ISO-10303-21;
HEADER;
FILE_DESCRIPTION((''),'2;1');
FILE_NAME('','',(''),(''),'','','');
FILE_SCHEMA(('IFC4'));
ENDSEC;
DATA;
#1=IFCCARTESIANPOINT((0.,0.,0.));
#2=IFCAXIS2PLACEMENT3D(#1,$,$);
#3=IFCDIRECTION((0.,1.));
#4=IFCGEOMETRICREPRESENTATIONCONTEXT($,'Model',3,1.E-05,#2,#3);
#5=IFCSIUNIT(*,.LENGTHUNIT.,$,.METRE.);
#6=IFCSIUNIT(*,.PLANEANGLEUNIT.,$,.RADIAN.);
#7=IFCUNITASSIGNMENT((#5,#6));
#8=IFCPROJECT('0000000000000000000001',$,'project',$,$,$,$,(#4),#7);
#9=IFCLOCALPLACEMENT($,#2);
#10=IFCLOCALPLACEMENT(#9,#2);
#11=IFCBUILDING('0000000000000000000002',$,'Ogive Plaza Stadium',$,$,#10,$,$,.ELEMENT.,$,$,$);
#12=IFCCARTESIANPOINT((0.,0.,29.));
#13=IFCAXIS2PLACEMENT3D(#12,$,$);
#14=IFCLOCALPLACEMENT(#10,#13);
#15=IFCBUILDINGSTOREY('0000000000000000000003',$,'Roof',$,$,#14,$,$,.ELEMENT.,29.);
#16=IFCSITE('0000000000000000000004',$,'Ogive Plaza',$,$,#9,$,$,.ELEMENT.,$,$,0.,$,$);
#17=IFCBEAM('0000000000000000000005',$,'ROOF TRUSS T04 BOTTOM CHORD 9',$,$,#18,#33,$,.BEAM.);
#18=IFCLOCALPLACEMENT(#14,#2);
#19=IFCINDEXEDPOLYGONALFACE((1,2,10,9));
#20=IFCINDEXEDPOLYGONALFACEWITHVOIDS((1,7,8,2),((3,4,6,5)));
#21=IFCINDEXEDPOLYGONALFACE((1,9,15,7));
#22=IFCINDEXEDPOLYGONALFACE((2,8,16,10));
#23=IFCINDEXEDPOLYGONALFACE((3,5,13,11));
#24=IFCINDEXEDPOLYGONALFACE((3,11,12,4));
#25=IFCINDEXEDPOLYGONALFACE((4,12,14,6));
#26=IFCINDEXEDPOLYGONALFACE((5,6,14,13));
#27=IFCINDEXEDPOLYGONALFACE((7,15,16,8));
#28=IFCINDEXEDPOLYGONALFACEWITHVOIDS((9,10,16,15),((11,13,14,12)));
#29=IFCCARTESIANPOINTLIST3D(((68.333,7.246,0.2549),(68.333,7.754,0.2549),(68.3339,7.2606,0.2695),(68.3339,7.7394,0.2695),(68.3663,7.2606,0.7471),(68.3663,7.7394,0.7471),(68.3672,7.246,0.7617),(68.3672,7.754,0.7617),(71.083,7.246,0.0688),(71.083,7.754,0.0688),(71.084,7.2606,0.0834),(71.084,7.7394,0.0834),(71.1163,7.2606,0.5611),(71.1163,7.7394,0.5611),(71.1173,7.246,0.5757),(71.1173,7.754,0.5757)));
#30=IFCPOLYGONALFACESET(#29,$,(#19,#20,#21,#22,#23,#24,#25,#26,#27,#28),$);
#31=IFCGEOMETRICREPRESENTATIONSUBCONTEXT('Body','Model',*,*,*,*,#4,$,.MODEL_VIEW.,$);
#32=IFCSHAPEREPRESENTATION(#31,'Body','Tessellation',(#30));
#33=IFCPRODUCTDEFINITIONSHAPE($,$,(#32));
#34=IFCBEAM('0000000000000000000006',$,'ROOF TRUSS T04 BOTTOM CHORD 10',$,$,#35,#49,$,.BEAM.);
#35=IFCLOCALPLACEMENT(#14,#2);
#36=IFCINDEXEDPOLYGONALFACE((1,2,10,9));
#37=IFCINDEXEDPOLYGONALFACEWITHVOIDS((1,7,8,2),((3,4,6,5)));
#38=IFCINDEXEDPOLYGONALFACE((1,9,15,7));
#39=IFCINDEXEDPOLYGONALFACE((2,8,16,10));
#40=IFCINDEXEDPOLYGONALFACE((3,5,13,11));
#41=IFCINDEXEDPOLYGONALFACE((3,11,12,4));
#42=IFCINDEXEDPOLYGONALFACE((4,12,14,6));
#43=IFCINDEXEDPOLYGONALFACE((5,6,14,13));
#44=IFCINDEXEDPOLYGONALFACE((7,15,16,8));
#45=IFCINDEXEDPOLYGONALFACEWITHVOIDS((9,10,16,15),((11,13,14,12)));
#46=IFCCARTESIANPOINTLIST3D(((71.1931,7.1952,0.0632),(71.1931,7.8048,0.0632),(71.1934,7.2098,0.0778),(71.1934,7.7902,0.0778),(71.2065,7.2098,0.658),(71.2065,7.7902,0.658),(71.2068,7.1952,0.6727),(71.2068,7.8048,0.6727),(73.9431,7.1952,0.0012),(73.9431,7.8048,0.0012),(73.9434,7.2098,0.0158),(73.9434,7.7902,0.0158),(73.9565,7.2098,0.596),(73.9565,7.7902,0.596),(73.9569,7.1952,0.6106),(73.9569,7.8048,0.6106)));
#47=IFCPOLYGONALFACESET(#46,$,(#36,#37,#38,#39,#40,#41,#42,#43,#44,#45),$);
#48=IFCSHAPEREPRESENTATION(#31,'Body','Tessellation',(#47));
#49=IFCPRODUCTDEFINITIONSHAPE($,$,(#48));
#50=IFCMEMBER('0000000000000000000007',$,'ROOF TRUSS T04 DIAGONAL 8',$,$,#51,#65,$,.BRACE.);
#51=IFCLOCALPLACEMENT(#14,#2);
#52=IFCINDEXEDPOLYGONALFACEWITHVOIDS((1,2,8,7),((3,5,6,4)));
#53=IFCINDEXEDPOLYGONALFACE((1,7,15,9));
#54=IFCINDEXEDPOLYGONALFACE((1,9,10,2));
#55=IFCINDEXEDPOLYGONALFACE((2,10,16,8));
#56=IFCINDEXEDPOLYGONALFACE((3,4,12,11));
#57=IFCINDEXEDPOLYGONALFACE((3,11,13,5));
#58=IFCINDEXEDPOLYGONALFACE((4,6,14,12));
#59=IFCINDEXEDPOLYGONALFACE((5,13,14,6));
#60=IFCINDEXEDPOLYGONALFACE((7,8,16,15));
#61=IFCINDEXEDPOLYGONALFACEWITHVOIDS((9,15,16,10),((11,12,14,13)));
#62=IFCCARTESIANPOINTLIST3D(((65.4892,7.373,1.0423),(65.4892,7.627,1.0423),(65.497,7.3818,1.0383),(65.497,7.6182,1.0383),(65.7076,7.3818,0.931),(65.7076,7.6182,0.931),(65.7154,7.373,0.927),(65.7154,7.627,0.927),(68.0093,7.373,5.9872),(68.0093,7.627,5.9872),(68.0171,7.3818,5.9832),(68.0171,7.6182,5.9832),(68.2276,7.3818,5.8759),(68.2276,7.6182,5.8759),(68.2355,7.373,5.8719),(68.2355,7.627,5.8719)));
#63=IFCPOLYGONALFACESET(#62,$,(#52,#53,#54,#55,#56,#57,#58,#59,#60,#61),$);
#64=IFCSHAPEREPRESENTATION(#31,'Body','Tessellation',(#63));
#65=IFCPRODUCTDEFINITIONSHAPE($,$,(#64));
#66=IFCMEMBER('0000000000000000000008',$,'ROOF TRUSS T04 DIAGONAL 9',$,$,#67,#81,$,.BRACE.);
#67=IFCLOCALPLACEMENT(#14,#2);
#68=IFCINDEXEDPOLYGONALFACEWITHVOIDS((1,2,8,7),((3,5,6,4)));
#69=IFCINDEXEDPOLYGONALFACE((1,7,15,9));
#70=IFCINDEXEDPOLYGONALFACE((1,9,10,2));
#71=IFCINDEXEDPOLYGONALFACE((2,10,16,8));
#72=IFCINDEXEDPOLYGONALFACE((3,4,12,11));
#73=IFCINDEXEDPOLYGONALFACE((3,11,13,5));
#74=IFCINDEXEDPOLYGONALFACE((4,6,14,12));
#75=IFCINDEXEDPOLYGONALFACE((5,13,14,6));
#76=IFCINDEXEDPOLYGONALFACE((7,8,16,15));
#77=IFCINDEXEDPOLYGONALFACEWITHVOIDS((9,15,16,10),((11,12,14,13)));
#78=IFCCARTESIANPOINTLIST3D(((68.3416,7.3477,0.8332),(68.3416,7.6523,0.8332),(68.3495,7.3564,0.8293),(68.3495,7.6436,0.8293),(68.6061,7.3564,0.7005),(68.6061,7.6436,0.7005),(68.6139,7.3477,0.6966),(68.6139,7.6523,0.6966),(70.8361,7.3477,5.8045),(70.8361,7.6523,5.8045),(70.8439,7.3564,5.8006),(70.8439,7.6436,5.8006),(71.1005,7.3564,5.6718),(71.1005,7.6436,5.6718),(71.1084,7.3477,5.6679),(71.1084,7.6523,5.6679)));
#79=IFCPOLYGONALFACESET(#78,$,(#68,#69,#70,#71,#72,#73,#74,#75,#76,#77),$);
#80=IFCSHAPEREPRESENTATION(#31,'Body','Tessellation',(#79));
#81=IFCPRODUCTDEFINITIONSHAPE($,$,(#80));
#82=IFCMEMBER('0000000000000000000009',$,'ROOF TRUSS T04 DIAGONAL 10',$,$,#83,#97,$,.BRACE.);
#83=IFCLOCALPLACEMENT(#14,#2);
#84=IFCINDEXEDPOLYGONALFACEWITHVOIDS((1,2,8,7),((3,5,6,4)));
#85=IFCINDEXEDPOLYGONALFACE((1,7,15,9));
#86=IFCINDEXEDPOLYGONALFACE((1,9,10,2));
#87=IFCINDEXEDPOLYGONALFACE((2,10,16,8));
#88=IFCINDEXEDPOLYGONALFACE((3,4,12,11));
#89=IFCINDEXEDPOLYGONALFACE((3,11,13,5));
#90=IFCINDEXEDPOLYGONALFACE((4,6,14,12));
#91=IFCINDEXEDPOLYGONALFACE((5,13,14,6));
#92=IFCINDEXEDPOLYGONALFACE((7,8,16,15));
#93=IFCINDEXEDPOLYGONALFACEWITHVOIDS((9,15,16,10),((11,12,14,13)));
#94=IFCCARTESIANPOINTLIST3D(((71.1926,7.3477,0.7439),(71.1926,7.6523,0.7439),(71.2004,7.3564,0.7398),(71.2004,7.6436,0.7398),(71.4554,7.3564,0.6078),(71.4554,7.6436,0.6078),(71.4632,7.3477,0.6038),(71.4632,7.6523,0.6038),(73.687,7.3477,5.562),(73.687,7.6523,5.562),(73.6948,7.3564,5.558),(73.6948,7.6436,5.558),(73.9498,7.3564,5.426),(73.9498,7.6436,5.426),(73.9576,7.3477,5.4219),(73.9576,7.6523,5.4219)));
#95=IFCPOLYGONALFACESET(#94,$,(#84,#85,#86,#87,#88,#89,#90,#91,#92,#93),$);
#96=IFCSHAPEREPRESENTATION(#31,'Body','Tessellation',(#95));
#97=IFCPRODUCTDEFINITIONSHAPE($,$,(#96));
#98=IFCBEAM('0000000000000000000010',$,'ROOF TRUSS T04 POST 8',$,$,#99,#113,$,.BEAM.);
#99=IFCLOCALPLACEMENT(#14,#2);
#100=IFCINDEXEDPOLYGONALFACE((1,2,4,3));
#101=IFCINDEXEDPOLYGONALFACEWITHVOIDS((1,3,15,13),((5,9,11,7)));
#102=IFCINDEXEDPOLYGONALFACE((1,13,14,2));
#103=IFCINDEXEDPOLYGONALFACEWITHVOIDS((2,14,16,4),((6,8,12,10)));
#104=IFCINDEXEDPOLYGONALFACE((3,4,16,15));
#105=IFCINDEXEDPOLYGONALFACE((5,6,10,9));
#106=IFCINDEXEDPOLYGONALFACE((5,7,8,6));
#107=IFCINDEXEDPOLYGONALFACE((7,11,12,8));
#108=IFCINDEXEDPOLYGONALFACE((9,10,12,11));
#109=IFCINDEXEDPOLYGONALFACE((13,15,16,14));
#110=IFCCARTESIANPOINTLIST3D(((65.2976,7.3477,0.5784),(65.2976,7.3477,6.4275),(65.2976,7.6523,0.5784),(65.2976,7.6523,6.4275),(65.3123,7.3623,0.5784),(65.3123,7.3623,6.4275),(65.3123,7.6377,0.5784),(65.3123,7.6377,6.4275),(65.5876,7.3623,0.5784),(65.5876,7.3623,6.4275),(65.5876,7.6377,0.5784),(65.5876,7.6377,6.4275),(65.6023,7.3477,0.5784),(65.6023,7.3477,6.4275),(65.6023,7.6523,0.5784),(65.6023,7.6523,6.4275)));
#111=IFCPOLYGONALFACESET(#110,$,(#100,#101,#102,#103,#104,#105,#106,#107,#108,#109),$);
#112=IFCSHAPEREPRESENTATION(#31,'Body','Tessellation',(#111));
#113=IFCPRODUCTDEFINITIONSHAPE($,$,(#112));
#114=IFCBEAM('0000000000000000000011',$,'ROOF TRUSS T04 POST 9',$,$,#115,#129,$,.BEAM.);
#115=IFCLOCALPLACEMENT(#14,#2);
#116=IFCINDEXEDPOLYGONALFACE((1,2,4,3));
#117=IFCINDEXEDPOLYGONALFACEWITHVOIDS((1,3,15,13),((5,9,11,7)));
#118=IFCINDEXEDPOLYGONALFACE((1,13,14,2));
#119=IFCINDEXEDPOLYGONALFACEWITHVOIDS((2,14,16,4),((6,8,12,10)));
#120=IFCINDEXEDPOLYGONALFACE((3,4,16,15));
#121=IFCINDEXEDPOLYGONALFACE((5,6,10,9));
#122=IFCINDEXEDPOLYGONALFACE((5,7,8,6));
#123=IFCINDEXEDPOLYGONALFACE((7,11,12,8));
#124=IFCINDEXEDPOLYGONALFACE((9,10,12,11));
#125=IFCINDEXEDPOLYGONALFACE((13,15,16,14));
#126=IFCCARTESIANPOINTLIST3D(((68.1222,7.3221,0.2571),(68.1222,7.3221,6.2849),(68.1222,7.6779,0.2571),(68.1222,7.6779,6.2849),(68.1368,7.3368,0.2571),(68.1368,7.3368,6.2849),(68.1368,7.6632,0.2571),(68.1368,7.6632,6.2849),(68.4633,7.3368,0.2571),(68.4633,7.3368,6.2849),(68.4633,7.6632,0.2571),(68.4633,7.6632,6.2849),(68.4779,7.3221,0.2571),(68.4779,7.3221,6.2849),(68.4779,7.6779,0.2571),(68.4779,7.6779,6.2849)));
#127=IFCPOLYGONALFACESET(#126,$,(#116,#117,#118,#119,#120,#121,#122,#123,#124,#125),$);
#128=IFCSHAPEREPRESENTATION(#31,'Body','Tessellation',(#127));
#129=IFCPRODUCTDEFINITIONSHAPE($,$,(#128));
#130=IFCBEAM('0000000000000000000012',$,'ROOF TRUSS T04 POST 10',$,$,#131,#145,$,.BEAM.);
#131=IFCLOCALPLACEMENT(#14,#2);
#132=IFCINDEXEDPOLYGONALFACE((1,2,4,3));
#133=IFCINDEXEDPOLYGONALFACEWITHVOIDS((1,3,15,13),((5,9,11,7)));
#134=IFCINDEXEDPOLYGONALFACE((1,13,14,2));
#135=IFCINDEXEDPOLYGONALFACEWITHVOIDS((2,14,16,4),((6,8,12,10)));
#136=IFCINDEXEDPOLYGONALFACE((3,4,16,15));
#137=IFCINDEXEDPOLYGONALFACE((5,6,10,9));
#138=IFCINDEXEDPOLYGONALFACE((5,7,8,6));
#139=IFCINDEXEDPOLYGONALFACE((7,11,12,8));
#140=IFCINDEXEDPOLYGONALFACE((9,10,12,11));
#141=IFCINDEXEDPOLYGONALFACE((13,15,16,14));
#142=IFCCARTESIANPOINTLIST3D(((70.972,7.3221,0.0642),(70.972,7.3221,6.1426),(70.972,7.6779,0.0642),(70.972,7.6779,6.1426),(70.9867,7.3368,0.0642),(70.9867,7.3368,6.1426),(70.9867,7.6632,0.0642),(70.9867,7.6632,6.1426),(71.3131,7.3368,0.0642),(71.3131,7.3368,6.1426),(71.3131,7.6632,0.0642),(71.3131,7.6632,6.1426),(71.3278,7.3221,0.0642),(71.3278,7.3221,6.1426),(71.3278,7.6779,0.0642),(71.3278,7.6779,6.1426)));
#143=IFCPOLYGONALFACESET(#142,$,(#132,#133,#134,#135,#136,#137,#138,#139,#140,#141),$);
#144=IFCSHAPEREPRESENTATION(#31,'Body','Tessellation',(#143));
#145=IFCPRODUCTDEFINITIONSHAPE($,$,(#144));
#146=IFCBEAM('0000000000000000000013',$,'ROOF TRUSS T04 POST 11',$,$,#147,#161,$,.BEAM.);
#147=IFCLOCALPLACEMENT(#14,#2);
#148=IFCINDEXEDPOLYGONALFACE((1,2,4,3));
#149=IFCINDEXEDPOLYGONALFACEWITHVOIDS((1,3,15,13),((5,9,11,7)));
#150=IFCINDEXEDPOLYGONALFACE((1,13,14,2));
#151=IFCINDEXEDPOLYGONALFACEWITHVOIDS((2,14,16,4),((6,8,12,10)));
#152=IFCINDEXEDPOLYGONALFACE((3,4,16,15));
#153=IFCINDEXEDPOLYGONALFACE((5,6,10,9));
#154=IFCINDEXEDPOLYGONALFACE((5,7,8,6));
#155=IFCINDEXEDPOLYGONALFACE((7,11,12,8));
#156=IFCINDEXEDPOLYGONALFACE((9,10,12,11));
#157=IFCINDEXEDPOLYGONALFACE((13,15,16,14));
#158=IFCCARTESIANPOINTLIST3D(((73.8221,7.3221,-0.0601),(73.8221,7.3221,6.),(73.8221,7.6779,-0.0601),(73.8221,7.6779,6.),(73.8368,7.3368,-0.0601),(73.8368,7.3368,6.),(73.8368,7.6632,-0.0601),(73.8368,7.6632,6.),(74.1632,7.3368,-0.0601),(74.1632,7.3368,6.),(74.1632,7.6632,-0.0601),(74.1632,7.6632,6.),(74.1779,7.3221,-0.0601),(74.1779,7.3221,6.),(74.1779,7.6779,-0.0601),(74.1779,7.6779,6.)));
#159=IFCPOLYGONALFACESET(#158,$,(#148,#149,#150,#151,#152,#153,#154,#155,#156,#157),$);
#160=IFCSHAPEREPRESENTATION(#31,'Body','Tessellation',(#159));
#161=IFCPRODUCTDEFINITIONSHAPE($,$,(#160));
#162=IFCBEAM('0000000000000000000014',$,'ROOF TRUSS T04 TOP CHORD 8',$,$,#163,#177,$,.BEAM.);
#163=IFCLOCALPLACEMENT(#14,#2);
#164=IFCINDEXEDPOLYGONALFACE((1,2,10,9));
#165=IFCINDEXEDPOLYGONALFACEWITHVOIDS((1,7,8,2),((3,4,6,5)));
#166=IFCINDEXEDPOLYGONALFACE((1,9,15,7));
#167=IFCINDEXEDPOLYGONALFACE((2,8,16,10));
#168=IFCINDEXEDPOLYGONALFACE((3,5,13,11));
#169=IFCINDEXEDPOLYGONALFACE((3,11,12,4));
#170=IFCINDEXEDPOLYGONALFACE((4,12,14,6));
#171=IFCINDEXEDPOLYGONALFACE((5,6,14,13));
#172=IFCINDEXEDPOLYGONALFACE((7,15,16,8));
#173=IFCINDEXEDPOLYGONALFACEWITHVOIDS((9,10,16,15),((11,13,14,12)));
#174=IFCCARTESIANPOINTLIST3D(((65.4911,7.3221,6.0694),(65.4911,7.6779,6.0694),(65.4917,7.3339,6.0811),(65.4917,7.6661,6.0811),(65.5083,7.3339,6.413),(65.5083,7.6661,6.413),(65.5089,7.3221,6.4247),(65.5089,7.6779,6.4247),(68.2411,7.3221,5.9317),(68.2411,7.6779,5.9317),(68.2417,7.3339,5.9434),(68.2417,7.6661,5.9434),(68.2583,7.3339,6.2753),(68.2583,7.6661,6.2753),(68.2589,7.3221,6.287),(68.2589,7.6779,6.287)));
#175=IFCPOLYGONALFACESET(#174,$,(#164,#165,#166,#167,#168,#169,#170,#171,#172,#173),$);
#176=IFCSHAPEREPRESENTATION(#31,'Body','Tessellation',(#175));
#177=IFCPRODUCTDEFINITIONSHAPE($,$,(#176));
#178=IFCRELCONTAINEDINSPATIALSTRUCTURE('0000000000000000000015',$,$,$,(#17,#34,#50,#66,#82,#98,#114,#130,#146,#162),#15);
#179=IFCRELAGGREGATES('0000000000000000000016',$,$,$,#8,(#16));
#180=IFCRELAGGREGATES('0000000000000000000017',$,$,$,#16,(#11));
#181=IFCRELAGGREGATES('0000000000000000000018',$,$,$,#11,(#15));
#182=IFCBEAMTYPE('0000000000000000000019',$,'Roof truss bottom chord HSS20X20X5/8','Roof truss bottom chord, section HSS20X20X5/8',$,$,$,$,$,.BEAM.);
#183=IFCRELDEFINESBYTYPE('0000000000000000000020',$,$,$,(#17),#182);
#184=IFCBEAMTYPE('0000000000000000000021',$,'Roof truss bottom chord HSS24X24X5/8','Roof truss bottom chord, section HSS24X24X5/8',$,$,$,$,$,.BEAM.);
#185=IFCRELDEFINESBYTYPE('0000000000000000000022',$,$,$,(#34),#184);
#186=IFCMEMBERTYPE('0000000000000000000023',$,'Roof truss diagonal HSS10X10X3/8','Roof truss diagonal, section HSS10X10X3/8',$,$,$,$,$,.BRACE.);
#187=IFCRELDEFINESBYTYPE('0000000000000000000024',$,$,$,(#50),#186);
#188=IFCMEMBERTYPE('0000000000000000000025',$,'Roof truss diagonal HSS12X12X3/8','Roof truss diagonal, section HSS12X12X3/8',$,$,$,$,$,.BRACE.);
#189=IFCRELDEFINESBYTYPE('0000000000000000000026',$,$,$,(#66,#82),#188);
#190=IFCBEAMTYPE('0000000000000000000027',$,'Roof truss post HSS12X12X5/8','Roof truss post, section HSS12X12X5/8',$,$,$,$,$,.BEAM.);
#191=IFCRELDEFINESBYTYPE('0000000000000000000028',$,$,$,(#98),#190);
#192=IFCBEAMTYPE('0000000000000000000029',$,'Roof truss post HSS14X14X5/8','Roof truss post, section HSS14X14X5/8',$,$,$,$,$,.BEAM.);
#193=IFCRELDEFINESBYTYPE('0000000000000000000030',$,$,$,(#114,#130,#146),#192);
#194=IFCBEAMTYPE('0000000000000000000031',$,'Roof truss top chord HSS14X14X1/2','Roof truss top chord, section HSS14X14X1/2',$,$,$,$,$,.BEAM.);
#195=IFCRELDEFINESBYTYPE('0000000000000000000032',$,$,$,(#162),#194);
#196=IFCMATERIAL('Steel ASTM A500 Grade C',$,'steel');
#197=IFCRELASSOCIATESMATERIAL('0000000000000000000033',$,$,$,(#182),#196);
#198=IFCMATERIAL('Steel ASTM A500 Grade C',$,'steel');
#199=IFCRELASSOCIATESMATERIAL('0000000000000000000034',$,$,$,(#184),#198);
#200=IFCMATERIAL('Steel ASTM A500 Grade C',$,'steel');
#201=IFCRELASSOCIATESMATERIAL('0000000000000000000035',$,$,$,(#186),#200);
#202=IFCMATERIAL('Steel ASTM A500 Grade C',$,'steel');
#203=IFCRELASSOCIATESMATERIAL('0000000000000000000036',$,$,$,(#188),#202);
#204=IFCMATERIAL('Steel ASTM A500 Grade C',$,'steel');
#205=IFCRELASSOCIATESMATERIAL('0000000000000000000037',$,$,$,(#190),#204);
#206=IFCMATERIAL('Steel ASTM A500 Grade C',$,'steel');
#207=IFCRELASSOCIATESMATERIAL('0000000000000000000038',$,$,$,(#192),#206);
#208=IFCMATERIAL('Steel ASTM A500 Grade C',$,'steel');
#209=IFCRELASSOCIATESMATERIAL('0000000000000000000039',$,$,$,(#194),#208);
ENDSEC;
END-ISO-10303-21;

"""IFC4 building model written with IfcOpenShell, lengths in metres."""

from ifc_helpers import new_model, si_unit, direction, frame, origin, origin_2d, place, context, subcontext, project, spatial, hollow_rectangle, extrude, material, material_profile, profile_set, type_object, element, save


model = new_model("IFC4")

# Units and contexts
model_context = context("Model", 3, precision=1e-05, world=origin(), true_north=direction((0.0, 1.0)))
body_context = subcontext(model_context, "Body", "Model", "MODEL_VIEW")
ifc_project = project(units=[si_unit("LENGTHUNIT", "METRE"), si_unit("PLANEANGLEUNIT", "RADIAN")], contexts=[model_context])

# Site, building, storey
site_placement = place(None, origin())
site = spatial("IfcSite", under=ifc_project, at=site_placement, Name="Ogive Plaza", CompositionType="ELEMENT", RefElevation=0.0)
building_placement = place(site_placement, origin())
building = spatial("IfcBuilding", under=site, at=building_placement, Name="Ogive Plaza Stadium", CompositionType="ELEMENT")
storey_placement = place(building_placement, frame((0.0, 0.0, 29.0)))
storey = spatial("IfcBuildingStorey", under=building, at=storey_placement, Name="Roof", CompositionType="ELEMENT", Elevation=29.0)

# Beams
ifc_material_1 = material(Name="Steel ASTM A500 Grade C", Category="steel")
ifc_material_profile_1 = material_profile(ifc_material_1, hollow_rectangle(XDim=0.5081, YDim=0.5081, WallThickness=0.0146, at=origin_2d()), Name="HSS20X20X5/8")
ifc_profile_set_1 = profile_set([ifc_material_profile_1], Name="Steel ASTM A500 Grade C")
beam_type_1 = type_object("IfcBeamType", Name="Roof truss bottom chord HSS20X20X5/8", Description="Roof truss bottom chord, section HSS20X20X5/8", PredefinedType="BEAM", material=ifc_profile_set_1)
beam_1_placement = place(storey_placement, frame((68.3501, 7.5, 0.5083), z_axis=(0.99772, 0.0, -0.067495), x_axis=(0.0, 1.0, 0.0)))
element("IfcBeam", 1, at=beam_1_placement, inside=storey, type_object=beam_type_1, Name="ROOF TRUSS T04 BOTTOM CHORD 9", PredefinedType="BEAM", context=body_context, shape_type="SweptSolid", body=[
    extrude(hollow_rectangle(XDim=0.5081, YDim=0.5081, WallThickness=0.0146, at=origin_2d()), origin(), (0.0, 0.0, 1.0), 2.7563),
])
ifc_material_2 = material(Name="Steel ASTM A500 Grade C", Category="steel")
ifc_material_profile_2 = material_profile(ifc_material_2, hollow_rectangle(XDim=0.6096, YDim=0.6096, WallThickness=0.0146, at=origin_2d()), Name="HSS24X24X5/8")
ifc_profile_set_2 = profile_set([ifc_material_profile_2], Name="Steel ASTM A500 Grade C")
beam_type_2 = type_object("IfcBeamType", Name="Roof truss bottom chord HSS24X24X5/8", Description="Roof truss bottom chord, section HSS24X24X5/8", PredefinedType="BEAM", material=ifc_profile_set_2)
beam_2_placement = place(storey_placement, frame((71.2, 7.5, 0.3679), z_axis=(0.999746, 0.0, -0.022544), x_axis=(0.0, 1.0, 0.0)))
element("IfcBeam", 2, at=beam_2_placement, inside=storey, type_object=beam_type_2, Name="ROOF TRUSS T04 BOTTOM CHORD 10", PredefinedType="BEAM", context=body_context, shape_type="SweptSolid", body=[
    extrude(hollow_rectangle(XDim=0.6096, YDim=0.6096, WallThickness=0.0146, at=origin_2d()), origin(), (0.0, 0.0, 1.0), 2.7507),
])

# Members
ifc_material_3 = material(Name="Steel ASTM A500 Grade C", Category="steel")
ifc_material_profile_3 = material_profile(ifc_material_3, hollow_rectangle(XDim=0.2539, YDim=0.2539, WallThickness=0.0088, at=origin_2d()), Name="HSS10X10X3/8")
ifc_profile_set_3 = profile_set([ifc_material_profile_3], Name="Steel ASTM A500 Grade C")
member_type_1 = type_object("IfcMemberType", Name="Roof truss diagonal HSS10X10X3/8", Description="Roof truss diagonal, section HSS10X10X3/8", PredefinedType="BRACE", material=ifc_profile_set_3)
member_1_placement = place(storey_placement, frame((65.6023, 7.5, 0.9846), z_axis=(0.454063, 0.0, 0.89097), x_axis=(0.0, 1.0, 0.0)))
element("IfcMember", 3, at=member_1_placement, inside=storey, type_object=member_type_1, Name="ROOF TRUSS T04 DIAGONAL 8", PredefinedType="BRACE", context=body_context, shape_type="SweptSolid", body=[
    extrude(hollow_rectangle(XDim=0.2539, YDim=0.2539, WallThickness=0.0088, at=origin_2d()), origin(), (0.0, 0.0, 1.0), 5.55),
])
ifc_material_4 = material(Name="Steel ASTM A500 Grade C", Category="steel")
ifc_material_profile_4 = material_profile(ifc_material_4, hollow_rectangle(XDim=0.3047, YDim=0.3047, WallThickness=0.0088, at=origin_2d()), Name="HSS12X12X3/8")
ifc_profile_set_4 = profile_set([ifc_material_profile_4], Name="Steel ASTM A500 Grade C")
member_type_2 = type_object("IfcMemberType", Name="Roof truss diagonal HSS12X12X3/8", Description="Roof truss diagonal, section HSS12X12X3/8", PredefinedType="BRACE", material=ifc_profile_set_4)
member_2_placement = place(storey_placement, frame((68.4778, 7.5, 0.7649), z_axis=(0.448477, 0.0, 0.893794), x_axis=(0.0, 1.0, 0.0)))
element("IfcMember", 4, at=member_2_placement, inside=storey, type_object=member_type_2, Name="ROOF TRUSS T04 DIAGONAL 9", PredefinedType="BRACE", context=body_context, shape_type="SweptSolid", body=[
    extrude(hollow_rectangle(XDim=0.3047, YDim=0.3047, WallThickness=0.0088, at=origin_2d()), origin(), (0.0, 0.0, 1.0), 5.562),
])
member_3_placement = place(storey_placement, frame((71.3279, 7.5, 0.6738), z_axis=(0.459751, 0.0, 0.888048), x_axis=(0.0, 1.0, 0.0)))
element("IfcMember", 5, at=member_3_placement, inside=storey, type_object=member_type_2, Name="ROOF TRUSS T04 DIAGONAL 10", PredefinedType="BRACE", context=body_context, shape_type="SweptSolid", body=[
    extrude(hollow_rectangle(XDim=0.3047, YDim=0.3047, WallThickness=0.0088, at=origin_2d()), origin(), (0.0, 0.0, 1.0), 5.4255),
])

# Beams
ifc_material_5 = material(Name="Steel ASTM A500 Grade C", Category="steel")
ifc_material_profile_5 = material_profile(ifc_material_5, hollow_rectangle(XDim=0.3047, YDim=0.3047, WallThickness=0.0146, at=origin_2d()), Name="HSS12X12X5/8")
ifc_profile_set_5 = profile_set([ifc_material_profile_5], Name="Steel ASTM A500 Grade C")
beam_type_3 = type_object("IfcBeamType", Name="Roof truss post HSS12X12X5/8", Description="Roof truss post, section HSS12X12X5/8", PredefinedType="BEAM", material=ifc_profile_set_5)
beam_3_placement = place(storey_placement, frame((65.45, 7.5, 0.5784), z_axis=(0.0, 0.0, 1.0), x_axis=(0.0, 1.0, 0.0)))
element("IfcBeam", 6, at=beam_3_placement, inside=storey, type_object=beam_type_3, Name="ROOF TRUSS T04 POST 8", PredefinedType="BEAM", context=body_context, shape_type="SweptSolid", body=[
    extrude(hollow_rectangle(XDim=0.3047, YDim=0.3047, WallThickness=0.0146, at=origin_2d()), origin(), (0.0, 0.0, 1.0), 5.8491),
])
ifc_material_6 = material(Name="Steel ASTM A500 Grade C", Category="steel")
ifc_material_profile_6 = material_profile(ifc_material_6, hollow_rectangle(XDim=0.3557, YDim=0.3557, WallThickness=0.0146, at=origin_2d()), Name="HSS14X14X5/8")
ifc_profile_set_6 = profile_set([ifc_material_profile_6], Name="Steel ASTM A500 Grade C")
beam_type_4 = type_object("IfcBeamType", Name="Roof truss post HSS14X14X5/8", Description="Roof truss post, section HSS14X14X5/8", PredefinedType="BEAM", material=ifc_profile_set_6)
beam_4_placement = place(storey_placement, frame((68.3, 7.5, 0.2571), z_axis=(0.0, 0.0, 1.0), x_axis=(0.0, 1.0, 0.0)))
element("IfcBeam", 7, at=beam_4_placement, inside=storey, type_object=beam_type_4, Name="ROOF TRUSS T04 POST 9", PredefinedType="BEAM", context=body_context, shape_type="SweptSolid", body=[
    extrude(hollow_rectangle(XDim=0.3557, YDim=0.3557, WallThickness=0.0146, at=origin_2d()), origin(), (0.0, 0.0, 1.0), 6.0278),
])
beam_5_placement = place(storey_placement, frame((71.1499, 7.5, 0.0642), z_axis=(0.0, 0.0, 1.0), x_axis=(0.0, 1.0, 0.0)))
element("IfcBeam", 8, at=beam_5_placement, inside=storey, type_object=beam_type_4, Name="ROOF TRUSS T04 POST 10", PredefinedType="BEAM", context=body_context, shape_type="SweptSolid", body=[
    extrude(hollow_rectangle(XDim=0.3557, YDim=0.3557, WallThickness=0.0146, at=origin_2d()), origin(), (0.0, 0.0, 1.0), 6.0784),
])
beam_6_placement = place(storey_placement, frame((74.0, 7.5, -0.0601), z_axis=(0.0, 0.0, 1.0), x_axis=(0.0, 1.0, 0.0)))
element("IfcBeam", 9, at=beam_6_placement, inside=storey, type_object=beam_type_4, Name="ROOF TRUSS T04 POST 11", PredefinedType="BEAM", context=body_context, shape_type="SweptSolid", body=[
    extrude(hollow_rectangle(XDim=0.3557, YDim=0.3557, WallThickness=0.0146, at=origin_2d()), origin(), (0.0, 0.0, 1.0), 6.0601),
])
ifc_material_7 = material(Name="Steel ASTM A500 Grade C", Category="steel")
ifc_material_profile_7 = material_profile(ifc_material_7, hollow_rectangle(XDim=0.3557, YDim=0.3557, WallThickness=0.0117, at=origin_2d()), Name="HSS14X14X1/2")
ifc_profile_set_7 = profile_set([ifc_material_profile_7], Name="Steel ASTM A500 Grade C")
beam_type_5 = type_object("IfcBeamType", Name="Roof truss top chord HSS14X14X1/2", Description="Roof truss top chord, section HSS14X14X1/2", PredefinedType="BEAM", material=ifc_profile_set_7)
beam_7_placement = place(storey_placement, frame((65.5, 7.5, 6.2471), z_axis=(0.998749, 0.0, -0.050008), x_axis=(0.0, 1.0, 0.0)))
element("IfcBeam", 10, at=beam_7_placement, inside=storey, type_object=beam_type_5, Name="ROOF TRUSS T04 TOP CHORD 8", PredefinedType="BEAM", context=body_context, shape_type="SweptSolid", body=[
    extrude(hollow_rectangle(XDim=0.3557, YDim=0.3557, WallThickness=0.0117, at=origin_2d()), origin(), (0.0, 0.0, 1.0), 2.7534),
])

save(model, "model.ifc")
